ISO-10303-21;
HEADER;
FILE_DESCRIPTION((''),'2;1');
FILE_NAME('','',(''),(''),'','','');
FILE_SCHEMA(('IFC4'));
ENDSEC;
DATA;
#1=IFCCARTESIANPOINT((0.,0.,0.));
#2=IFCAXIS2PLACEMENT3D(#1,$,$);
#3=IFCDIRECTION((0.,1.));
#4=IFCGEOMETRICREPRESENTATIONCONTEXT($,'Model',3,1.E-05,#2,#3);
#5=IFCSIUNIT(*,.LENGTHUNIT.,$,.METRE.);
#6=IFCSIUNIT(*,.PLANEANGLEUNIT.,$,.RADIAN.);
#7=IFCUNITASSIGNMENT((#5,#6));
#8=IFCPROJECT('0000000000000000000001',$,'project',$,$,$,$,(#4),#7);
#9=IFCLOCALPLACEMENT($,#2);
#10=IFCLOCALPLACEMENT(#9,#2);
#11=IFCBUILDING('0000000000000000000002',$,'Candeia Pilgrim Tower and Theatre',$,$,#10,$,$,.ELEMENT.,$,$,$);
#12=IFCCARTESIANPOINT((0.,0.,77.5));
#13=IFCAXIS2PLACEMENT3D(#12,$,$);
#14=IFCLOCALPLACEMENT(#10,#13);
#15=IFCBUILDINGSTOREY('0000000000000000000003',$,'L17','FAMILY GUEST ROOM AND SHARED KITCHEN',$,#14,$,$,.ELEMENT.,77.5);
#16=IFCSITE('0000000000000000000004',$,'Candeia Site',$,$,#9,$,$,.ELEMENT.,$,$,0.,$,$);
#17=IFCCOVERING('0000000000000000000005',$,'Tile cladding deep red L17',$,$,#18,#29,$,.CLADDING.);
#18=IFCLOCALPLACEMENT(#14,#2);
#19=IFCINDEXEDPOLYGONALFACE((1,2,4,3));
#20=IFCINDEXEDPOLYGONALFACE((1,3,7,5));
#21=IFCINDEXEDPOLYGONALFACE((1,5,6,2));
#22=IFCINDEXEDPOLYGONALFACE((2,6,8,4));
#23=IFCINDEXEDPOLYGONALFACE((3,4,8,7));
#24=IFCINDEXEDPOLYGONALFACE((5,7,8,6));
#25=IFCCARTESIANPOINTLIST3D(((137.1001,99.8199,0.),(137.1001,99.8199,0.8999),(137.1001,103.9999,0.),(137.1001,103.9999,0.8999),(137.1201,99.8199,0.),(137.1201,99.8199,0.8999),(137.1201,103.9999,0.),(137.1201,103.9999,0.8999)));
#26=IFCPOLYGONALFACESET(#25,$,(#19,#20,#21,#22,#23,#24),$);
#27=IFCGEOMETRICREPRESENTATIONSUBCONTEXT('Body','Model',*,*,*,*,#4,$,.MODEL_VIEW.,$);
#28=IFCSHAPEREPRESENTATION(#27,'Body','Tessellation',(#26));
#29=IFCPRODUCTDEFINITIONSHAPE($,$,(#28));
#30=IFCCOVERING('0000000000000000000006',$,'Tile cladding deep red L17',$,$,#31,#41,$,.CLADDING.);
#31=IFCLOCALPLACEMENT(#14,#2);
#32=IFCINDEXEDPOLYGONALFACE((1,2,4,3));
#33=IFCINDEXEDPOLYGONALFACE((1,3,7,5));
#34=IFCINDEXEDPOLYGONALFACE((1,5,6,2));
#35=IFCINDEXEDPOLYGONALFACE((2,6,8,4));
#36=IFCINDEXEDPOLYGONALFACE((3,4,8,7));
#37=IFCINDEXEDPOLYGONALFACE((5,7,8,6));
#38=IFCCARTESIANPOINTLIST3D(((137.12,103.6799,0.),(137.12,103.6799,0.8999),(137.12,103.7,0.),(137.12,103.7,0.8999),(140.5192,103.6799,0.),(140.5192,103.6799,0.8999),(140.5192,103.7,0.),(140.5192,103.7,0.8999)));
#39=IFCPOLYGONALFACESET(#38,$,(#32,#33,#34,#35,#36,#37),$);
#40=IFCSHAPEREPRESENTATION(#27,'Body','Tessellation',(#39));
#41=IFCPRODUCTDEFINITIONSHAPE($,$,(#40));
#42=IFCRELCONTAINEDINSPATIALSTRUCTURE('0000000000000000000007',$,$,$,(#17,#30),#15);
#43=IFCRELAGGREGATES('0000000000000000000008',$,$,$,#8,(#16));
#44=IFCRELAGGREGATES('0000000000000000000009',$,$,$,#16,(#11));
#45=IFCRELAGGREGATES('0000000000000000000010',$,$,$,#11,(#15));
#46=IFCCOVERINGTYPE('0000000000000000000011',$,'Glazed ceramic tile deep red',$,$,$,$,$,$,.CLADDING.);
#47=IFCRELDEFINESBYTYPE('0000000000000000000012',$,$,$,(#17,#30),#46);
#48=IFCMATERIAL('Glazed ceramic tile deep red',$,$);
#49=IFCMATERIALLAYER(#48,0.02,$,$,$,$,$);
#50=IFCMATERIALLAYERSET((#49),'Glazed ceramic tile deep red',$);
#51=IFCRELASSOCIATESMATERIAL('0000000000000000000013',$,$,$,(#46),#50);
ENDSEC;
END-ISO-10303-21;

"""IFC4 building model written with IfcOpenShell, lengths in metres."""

from ifc_helpers import new_model, si_unit, direction, frame, origin, origin_2d, place, context, subcontext, project, spatial, rectangle, extrude, material, layer, layer_set, type_object, element, save


model = new_model("IFC4")

# Units and contexts
model_context = context("Model", 3, precision=1e-05, world=origin(), true_north=direction((0.0, 1.0)))
body_context = subcontext(model_context, "Body", "Model", "MODEL_VIEW")
ifc_project = project(units=[si_unit("LENGTHUNIT", "METRE"), si_unit("PLANEANGLEUNIT", "RADIAN")], contexts=[model_context])

# Site, building, storey
site_placement = place(None, origin())
site = spatial("IfcSite", under=ifc_project, at=site_placement, Name="Candeia Site", CompositionType="ELEMENT", RefElevation=0.0)
building_placement = place(site_placement, origin())
building = spatial("IfcBuilding", under=site, at=building_placement, Name="Candeia Pilgrim Tower and Theatre", CompositionType="ELEMENT")
storey_placement = place(building_placement, frame((0.0, 0.0, 77.5)))
storey = spatial("IfcBuildingStorey", under=building, at=storey_placement, Name="L17", Description="FAMILY GUEST ROOM AND SHARED KITCHEN", CompositionType="ELEMENT", Elevation=77.5)

# Coverings
ifc_material_1 = material(Name="Glazed ceramic tile deep red")
ifc_layer_1 = layer(ifc_material_1, 0.02)
ifc_layer_set_1 = layer_set([ifc_layer_1], Name="Glazed ceramic tile deep red")
covering_type = type_object("IfcCoveringType", Name="Glazed ceramic tile deep red", PredefinedType="CLADDING", material=ifc_layer_set_1)
covering_1_placement = place(storey_placement, frame((137.1101, 101.9099, 0.0), z_axis=(0.0, 0.0, 1.0), x_axis=(0.0, 1.0, 0.0)))
element("IfcCovering", 1, at=covering_1_placement, inside=storey, type_object=covering_type, Name="Tile cladding deep red L17", PredefinedType="CLADDING", context=body_context, shape_type="SweptSolid", body=[
    extrude(rectangle(XDim=4.1799, YDim=0.02, at=origin_2d()), origin(), (0.0, 0.0, 1.0), 0.8999),
])
covering_2_placement = place(storey_placement, frame((138.8196, 103.6899, 0.0), z_axis=(0.0, 0.0, 1.0), x_axis=(1.0, 0.0, 0.0)))
element("IfcCovering", 2, at=covering_2_placement, inside=storey, type_object=covering_type, Name="Tile cladding deep red L17", PredefinedType="CLADDING", context=body_context, shape_type="SweptSolid", body=[
    extrude(rectangle(XDim=3.3992, YDim=0.02, at=origin_2d()), origin(), (0.0, 0.0, 1.0), 0.8999),
])

save(model, "model.ifc")
